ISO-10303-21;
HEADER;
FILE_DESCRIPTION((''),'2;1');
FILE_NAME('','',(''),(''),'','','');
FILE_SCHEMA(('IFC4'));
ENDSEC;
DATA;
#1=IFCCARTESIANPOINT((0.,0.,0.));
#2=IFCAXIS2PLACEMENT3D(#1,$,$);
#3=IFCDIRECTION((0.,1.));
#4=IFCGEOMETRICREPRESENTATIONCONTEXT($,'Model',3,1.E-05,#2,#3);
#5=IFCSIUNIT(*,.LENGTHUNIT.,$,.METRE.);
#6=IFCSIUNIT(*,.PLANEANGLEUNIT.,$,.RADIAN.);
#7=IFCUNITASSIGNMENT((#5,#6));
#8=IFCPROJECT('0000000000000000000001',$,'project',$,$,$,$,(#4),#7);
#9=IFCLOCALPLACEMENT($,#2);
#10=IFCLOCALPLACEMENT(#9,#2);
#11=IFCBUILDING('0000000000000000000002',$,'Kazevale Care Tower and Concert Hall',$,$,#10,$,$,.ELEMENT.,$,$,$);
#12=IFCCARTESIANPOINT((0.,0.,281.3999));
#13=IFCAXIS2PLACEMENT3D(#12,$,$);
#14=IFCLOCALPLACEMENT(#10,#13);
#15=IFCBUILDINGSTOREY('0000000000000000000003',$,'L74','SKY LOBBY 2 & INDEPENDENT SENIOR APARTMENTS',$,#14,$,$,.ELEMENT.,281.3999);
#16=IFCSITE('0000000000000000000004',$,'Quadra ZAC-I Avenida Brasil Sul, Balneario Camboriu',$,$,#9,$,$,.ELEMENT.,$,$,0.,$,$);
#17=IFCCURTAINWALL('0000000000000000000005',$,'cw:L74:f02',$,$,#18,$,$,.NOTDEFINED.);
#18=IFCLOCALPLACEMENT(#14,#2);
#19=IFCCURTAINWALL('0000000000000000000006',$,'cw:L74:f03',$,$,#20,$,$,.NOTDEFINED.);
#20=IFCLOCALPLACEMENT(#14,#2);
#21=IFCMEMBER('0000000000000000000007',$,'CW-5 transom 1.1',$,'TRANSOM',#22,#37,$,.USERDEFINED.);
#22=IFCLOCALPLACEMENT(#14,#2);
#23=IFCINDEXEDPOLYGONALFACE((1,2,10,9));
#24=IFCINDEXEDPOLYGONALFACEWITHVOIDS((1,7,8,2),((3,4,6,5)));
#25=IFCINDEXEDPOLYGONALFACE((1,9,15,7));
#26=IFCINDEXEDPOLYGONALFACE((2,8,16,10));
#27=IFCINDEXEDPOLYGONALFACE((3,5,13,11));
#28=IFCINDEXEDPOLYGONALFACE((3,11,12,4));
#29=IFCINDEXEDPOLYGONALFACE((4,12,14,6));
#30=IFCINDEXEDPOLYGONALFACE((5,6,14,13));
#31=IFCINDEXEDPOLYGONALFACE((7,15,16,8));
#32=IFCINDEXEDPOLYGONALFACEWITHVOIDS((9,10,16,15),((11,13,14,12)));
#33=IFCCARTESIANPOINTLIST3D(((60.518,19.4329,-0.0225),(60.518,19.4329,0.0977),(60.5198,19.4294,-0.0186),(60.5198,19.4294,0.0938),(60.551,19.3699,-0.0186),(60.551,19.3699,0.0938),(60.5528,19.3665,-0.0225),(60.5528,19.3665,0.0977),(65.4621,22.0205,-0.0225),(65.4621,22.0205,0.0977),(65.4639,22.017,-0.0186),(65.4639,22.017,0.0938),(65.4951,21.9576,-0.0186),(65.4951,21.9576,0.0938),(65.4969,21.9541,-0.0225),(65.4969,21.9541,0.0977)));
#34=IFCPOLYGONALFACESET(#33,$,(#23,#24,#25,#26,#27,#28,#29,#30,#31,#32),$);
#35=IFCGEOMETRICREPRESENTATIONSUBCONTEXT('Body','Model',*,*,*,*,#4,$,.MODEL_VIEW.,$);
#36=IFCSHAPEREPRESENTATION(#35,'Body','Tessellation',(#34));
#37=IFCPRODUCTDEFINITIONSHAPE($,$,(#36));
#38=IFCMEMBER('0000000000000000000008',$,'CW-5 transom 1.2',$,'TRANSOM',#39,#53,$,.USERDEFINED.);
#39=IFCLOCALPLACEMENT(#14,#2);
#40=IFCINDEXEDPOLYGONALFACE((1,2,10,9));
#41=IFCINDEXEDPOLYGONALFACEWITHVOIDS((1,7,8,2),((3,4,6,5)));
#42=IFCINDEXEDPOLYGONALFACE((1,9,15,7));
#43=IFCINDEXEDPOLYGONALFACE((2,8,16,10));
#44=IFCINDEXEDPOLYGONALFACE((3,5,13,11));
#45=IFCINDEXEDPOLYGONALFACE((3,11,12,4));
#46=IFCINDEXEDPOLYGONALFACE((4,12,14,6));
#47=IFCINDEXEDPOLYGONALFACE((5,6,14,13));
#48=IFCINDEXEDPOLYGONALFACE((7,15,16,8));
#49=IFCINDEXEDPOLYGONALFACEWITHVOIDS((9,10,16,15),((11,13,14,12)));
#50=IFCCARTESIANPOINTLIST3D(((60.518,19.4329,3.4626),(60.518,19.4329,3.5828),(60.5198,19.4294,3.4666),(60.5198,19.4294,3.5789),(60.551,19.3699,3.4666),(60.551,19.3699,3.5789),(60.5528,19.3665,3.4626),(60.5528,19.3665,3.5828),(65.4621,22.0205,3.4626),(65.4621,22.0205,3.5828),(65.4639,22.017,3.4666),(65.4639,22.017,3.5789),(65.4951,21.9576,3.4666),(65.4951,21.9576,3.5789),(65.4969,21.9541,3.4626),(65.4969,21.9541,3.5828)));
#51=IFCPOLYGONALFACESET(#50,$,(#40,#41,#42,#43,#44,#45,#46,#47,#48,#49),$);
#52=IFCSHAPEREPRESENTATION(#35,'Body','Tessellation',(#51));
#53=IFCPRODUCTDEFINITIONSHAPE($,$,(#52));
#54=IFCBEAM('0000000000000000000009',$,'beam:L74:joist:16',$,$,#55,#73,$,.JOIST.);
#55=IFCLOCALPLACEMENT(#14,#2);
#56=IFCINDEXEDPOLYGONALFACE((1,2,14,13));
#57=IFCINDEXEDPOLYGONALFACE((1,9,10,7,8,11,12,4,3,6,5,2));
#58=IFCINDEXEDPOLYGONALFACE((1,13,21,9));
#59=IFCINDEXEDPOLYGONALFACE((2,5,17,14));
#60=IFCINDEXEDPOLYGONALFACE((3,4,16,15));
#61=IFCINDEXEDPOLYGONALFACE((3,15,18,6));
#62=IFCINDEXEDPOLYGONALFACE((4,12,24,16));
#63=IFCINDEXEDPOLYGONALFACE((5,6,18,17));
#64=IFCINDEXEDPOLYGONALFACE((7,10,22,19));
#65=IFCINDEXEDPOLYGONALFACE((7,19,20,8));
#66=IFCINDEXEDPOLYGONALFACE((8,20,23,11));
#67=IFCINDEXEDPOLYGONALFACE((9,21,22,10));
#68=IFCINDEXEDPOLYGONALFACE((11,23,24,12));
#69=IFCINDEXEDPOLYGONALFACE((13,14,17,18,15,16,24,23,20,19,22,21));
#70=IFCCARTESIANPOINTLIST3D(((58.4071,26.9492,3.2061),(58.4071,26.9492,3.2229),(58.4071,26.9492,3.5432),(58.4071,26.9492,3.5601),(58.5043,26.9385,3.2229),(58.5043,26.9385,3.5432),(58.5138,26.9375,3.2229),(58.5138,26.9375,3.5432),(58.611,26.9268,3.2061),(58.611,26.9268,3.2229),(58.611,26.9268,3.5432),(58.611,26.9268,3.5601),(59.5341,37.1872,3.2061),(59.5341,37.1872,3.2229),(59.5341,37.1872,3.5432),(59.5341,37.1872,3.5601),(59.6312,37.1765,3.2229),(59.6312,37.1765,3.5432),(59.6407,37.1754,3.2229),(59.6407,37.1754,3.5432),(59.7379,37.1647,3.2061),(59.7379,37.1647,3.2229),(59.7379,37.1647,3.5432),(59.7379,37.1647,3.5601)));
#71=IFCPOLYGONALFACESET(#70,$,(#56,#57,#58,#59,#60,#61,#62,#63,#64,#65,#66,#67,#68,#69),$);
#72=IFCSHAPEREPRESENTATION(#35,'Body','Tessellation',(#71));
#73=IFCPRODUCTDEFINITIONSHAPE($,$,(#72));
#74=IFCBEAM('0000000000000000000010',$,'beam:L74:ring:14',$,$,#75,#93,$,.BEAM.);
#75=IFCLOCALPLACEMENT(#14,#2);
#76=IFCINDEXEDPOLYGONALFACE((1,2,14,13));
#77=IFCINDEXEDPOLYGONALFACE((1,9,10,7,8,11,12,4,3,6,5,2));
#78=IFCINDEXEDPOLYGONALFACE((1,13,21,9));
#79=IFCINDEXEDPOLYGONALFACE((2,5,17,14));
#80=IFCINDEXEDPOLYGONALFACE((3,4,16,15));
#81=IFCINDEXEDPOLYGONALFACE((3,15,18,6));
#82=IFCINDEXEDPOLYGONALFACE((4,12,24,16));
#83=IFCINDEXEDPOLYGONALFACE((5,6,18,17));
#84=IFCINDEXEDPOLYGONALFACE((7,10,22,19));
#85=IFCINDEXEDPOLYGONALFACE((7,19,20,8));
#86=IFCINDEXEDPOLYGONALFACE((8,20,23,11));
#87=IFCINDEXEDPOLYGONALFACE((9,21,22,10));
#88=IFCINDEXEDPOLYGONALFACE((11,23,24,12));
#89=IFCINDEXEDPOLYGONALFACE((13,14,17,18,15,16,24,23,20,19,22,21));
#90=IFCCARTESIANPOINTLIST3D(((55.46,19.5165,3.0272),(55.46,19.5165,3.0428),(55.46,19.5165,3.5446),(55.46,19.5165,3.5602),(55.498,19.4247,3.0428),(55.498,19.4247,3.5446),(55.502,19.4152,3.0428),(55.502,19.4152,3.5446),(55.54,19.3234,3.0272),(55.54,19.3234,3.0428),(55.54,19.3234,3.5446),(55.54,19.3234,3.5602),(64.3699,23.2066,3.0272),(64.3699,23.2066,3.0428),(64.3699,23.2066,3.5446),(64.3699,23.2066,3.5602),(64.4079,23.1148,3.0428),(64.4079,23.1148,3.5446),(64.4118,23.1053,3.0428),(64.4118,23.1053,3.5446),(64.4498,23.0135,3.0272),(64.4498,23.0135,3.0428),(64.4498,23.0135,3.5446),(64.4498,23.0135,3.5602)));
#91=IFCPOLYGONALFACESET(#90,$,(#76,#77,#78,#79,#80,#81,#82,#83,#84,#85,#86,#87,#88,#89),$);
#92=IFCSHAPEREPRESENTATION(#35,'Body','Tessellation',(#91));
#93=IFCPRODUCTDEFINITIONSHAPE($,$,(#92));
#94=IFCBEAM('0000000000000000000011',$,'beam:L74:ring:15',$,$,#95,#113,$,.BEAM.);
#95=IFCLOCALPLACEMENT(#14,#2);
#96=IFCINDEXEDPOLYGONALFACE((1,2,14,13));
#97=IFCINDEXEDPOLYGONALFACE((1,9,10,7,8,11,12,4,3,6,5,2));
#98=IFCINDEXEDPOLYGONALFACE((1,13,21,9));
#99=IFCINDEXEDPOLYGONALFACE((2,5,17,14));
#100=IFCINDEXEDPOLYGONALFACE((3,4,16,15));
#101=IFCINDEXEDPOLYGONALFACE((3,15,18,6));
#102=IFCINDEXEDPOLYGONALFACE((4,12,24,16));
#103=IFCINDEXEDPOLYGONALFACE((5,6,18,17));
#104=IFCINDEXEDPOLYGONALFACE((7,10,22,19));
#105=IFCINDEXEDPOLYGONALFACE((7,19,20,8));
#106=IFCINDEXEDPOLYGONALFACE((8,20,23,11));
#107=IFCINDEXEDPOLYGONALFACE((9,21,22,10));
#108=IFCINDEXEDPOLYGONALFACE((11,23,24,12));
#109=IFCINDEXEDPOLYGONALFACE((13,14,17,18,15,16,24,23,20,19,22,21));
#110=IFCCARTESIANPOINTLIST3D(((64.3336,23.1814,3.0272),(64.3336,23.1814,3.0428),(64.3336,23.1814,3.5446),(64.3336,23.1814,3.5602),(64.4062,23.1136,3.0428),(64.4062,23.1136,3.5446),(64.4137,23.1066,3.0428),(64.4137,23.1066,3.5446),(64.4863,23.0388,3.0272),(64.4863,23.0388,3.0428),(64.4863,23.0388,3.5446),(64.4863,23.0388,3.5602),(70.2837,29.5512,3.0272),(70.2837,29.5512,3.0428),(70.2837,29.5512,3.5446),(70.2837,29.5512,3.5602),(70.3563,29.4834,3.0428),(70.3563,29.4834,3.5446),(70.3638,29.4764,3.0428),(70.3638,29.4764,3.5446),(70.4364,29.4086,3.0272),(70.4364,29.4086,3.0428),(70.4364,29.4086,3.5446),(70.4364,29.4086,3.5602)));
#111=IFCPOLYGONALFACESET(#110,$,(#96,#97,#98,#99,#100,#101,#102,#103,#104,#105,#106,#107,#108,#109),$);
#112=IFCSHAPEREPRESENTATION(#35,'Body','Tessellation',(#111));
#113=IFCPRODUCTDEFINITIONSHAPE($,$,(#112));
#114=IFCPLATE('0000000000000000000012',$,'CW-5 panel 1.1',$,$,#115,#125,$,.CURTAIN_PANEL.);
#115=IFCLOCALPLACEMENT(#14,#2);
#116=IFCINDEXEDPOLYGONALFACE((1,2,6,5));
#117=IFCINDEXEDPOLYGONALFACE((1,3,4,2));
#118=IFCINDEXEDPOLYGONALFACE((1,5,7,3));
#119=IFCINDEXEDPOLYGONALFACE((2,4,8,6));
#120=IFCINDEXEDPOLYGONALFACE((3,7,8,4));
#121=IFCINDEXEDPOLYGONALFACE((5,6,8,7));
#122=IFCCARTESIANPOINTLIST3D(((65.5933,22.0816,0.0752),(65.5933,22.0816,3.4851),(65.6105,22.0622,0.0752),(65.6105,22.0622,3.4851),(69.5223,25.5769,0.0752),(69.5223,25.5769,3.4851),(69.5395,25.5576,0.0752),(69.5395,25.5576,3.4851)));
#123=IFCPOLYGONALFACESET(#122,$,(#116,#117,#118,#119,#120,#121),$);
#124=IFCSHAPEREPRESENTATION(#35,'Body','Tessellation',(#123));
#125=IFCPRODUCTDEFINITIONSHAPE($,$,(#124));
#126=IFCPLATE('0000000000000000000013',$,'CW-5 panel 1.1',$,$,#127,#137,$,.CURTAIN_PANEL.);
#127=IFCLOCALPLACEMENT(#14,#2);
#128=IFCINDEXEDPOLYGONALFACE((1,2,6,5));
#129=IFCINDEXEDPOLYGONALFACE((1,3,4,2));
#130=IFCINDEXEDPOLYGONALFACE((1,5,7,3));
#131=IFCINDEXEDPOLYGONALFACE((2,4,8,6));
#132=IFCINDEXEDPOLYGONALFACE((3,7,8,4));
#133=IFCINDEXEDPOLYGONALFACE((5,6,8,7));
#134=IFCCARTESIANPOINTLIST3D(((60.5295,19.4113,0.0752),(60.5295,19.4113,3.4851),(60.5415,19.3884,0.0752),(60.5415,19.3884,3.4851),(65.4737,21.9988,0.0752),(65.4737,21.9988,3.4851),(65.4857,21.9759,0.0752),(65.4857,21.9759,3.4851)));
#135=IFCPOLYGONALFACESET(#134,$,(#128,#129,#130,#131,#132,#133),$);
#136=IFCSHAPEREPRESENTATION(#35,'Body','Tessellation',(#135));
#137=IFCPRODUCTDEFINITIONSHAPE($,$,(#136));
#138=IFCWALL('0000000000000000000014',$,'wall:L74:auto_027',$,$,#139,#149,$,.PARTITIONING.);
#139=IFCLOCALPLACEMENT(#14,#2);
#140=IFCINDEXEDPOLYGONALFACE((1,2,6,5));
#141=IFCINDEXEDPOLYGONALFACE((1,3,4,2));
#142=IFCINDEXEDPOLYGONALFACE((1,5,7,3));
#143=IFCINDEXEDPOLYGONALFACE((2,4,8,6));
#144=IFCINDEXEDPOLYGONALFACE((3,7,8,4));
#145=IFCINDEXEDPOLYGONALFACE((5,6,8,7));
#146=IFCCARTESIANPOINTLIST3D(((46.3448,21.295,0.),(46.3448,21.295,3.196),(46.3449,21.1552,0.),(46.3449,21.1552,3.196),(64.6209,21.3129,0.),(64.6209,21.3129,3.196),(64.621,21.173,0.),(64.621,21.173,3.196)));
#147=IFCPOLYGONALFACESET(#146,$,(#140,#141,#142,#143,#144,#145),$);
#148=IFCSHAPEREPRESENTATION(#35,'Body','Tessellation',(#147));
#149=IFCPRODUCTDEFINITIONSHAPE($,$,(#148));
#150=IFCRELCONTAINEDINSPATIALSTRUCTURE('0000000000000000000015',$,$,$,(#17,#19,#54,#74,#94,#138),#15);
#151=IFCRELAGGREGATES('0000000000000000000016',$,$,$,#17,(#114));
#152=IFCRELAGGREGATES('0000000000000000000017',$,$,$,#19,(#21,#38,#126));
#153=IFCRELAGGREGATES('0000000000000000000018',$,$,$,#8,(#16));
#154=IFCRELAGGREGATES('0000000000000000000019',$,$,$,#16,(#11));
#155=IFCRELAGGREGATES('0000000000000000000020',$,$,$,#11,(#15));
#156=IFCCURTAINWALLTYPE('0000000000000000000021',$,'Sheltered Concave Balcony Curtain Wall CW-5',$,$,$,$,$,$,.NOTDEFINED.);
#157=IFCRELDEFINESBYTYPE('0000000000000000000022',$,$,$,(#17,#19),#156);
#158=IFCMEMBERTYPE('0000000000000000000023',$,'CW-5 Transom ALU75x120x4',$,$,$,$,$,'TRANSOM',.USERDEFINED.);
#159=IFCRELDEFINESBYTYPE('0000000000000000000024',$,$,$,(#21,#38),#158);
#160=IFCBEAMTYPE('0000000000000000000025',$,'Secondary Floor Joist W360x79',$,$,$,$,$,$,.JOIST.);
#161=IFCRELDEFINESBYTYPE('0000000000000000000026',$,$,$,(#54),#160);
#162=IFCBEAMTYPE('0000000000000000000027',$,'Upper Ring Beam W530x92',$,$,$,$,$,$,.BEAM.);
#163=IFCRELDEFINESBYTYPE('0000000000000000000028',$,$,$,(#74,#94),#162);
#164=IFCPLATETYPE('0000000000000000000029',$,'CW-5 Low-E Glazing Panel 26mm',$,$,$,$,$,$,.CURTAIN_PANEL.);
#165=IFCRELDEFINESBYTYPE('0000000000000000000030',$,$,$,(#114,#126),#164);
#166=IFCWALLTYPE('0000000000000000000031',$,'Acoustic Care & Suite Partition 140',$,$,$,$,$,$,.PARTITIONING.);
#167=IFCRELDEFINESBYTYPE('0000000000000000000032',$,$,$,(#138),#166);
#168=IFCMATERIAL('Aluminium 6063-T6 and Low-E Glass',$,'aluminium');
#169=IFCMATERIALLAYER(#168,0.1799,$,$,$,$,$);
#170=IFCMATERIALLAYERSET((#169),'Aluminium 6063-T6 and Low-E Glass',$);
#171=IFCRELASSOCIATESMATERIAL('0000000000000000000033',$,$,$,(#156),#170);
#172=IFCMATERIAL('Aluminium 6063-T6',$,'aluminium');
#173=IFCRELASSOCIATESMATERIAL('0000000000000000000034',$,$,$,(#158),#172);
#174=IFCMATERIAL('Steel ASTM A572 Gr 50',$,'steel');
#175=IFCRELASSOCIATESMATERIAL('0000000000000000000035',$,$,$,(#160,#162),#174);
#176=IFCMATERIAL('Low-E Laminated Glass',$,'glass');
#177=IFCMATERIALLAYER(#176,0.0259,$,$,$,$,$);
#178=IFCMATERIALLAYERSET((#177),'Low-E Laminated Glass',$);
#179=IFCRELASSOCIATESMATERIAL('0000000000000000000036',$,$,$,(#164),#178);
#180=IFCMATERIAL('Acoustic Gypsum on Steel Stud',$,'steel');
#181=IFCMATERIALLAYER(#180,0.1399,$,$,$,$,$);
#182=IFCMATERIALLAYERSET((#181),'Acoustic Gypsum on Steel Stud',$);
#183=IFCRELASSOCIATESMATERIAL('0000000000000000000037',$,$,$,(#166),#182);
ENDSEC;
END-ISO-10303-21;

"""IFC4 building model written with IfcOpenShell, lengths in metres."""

from ifc_helpers import new_model, si_unit, direction, frame, frame_2d, origin, origin_2d, place, context, subcontext, project, spatial, rectangle, hollow_rectangle, i_section, extrude, material, layer, layer_set, material_profile, profile_set, type_object, element, aggregate, save


model = new_model("IFC4")

# Units and contexts
model_context = context("Model", 3, precision=1e-05, world=origin(), true_north=direction((0.0, 1.0)))
body_context = subcontext(model_context, "Body", "Model", "MODEL_VIEW")
ifc_project = project(units=[si_unit("LENGTHUNIT", "METRE"), si_unit("PLANEANGLEUNIT", "RADIAN")], contexts=[model_context])

# Site, building, storey
site_placement = place(None, origin())
site = spatial("IfcSite", under=ifc_project, at=site_placement, Name="Quadra ZAC-I Avenida Brasil Sul, Balneario Camboriu", CompositionType="ELEMENT", RefElevation=0.0)
building_placement = place(site_placement, origin())
building = spatial("IfcBuilding", under=site, at=building_placement, Name="Kazevale Care Tower and Concert Hall", CompositionType="ELEMENT")
storey_placement = place(building_placement, frame((0.0, 0.0, 281.3999)))
storey = spatial("IfcBuildingStorey", under=building, at=storey_placement, Name="L74", Description="SKY LOBBY 2 & INDEPENDENT SENIOR APARTMENTS", CompositionType="ELEMENT", Elevation=281.3999)

# Curtain walls
ifc_material_1 = material(Name="Aluminium 6063-T6 and Low-E Glass", Category="aluminium")
ifc_layer_1 = layer(ifc_material_1, 0.1799)
ifc_layer_set_1 = layer_set([ifc_layer_1], Name="Aluminium 6063-T6 and Low-E Glass")
curtain_wall_type = type_object("IfcCurtainWallType", Name="Sheltered Concave Balcony Curtain Wall CW-5", PredefinedType="NOTDEFINED", material=ifc_layer_set_1)
curtain_wall_1_placement = place(storey_placement, origin())
curtain_wall_1 = element("IfcCurtainWall", 1, at=curtain_wall_1_placement, inside=storey, type_object=curtain_wall_type, Name="cw:L74:f02", PredefinedType="NOTDEFINED")
ifc_material_2 = material(Name="Aluminium 6063-T6", Category="aluminium")
curtain_wall_2_placement = place(storey_placement, origin())
curtain_wall_2 = element("IfcCurtainWall", 2, at=curtain_wall_2_placement, inside=storey, type_object=curtain_wall_type, Name="cw:L74:f03", PredefinedType="NOTDEFINED")

# Members
ifc_material_profile_1 = material_profile(ifc_material_2, hollow_rectangle(XDim=0.075, YDim=0.1201, WallThickness=0.0039, at=origin_2d()), Name="ALU75x120x4")
ifc_profile_set_1 = profile_set([ifc_material_profile_1], Name="Aluminium 6063-T6")
member_type_1 = type_object("IfcMemberType", Name="CW-5 Transom ALU75x120x4", ElementType="TRANSOM", PredefinedType="USERDEFINED", material=ifc_profile_set_1)
member_1_placement = place(storey_placement, frame((65.4795, 21.9873, 0.0376), z_axis=(-0.885987, -0.463709, 0.0), x_axis=(0.463709, -0.885987, 0.0)))
member_1 = element("IfcMember", 3, at=member_1_placement, type_object=member_type_1, Name="CW-5 transom 1.1", ObjectType="TRANSOM", PredefinedType="USERDEFINED", context=body_context, shape_type="SweptSolid", body=[
    extrude(hollow_rectangle(XDim=0.075, YDim=0.1201, WallThickness=0.0039, at=origin_2d()), origin(), (0.0, 0.0, 1.0), 5.5803),
])
member_2_placement = place(storey_placement, frame((65.4795, 21.9873, 3.5227), z_axis=(-0.885987, -0.463709, 0.0), x_axis=(0.463709, -0.885987, 0.0)))
member_2 = element("IfcMember", 4, at=member_2_placement, type_object=member_type_1, Name="CW-5 transom 1.2", ObjectType="TRANSOM", PredefinedType="USERDEFINED", context=body_context, shape_type="SweptSolid", body=[
    extrude(hollow_rectangle(XDim=0.075, YDim=0.1201, WallThickness=0.0039, at=origin_2d()), origin(), (0.0, 0.0, 1.0), 5.5803),
])

# Beams
ifc_material_3 = material(Name="Steel ASTM A572 Gr 50", Category="steel")
ifc_material_profile_2 = material_profile(ifc_material_3, i_section(OverallWidth=0.2051, OverallDepth=0.354, WebThickness=0.0095, FlangeThickness=0.0168, at=origin_2d()), Name="W360x79")
ifc_profile_set_2 = profile_set([ifc_material_profile_2], Name="Steel ASTM A572 Gr 50")
beam_type_1 = type_object("IfcBeamType", Name="Secondary Floor Joist W360x79", PredefinedType="JOIST", material=ifc_profile_set_2)
beam_1_placement = place(storey_placement, frame((58.509, 26.938, 3.3831), z_axis=(0.109414, 0.993996, 0.0), x_axis=(-0.993996, 0.109414, 0.0)))
element("IfcBeam", 5, at=beam_1_placement, inside=storey, type_object=beam_type_1, Name="beam:L74:joist:16", PredefinedType="JOIST", context=body_context, shape_type="SweptSolid", body=[
    extrude(i_section(OverallWidth=0.2051, OverallDepth=0.354, WebThickness=0.0095, FlangeThickness=0.0168, at=origin_2d()), origin(), (0.0, 0.0, 1.0), 10.2998),
])
ifc_material_profile_3 = material_profile(ifc_material_3, i_section(OverallWidth=0.209, OverallDepth=0.533, WebThickness=0.0103, FlangeThickness=0.0156, at=origin_2d()), Name="W530x92")
ifc_profile_set_3 = profile_set([ifc_material_profile_3], Name="Steel ASTM A572 Gr 50")
beam_type_2 = type_object("IfcBeamType", Name="Upper Ring Beam W530x92", PredefinedType="BEAM", material=ifc_profile_set_3)
beam_2_placement = place(storey_placement, frame((55.5, 19.4199, 3.2937), z_axis=(0.923895, 0.382646, 0.0), x_axis=(-0.382646, 0.923895, 0.0)))
element("IfcBeam", 6, at=beam_2_placement, inside=storey, type_object=beam_type_2, Name="beam:L74:ring:14", PredefinedType="BEAM", context=body_context, shape_type="SweptSolid", body=[
    extrude(i_section(OverallWidth=0.209, OverallDepth=0.533, WebThickness=0.0103, FlangeThickness=0.0156, at=origin_2d()), origin(), (0.0, 0.0, 1.0), 9.6438),
])
beam_3_placement = place(storey_placement, frame((64.4099, 23.1101, 3.2937), z_axis=(0.682624, 0.73077, 0.0), x_axis=(-0.73077, 0.682624, 0.0)))
element("IfcBeam", 7, at=beam_3_placement, inside=storey, type_object=beam_type_2, Name="beam:L74:ring:15", PredefinedType="BEAM", context=body_context, shape_type="SweptSolid", body=[
    extrude(i_section(OverallWidth=0.209, OverallDepth=0.533, WebThickness=0.0103, FlangeThickness=0.0156, at=origin_2d()), origin(), (0.0, 0.0, 1.0), 8.7166),
])

# Plates
ifc_material_4 = material(Name="Low-E Laminated Glass", Category="glass")
ifc_layer_2 = layer(ifc_material_4, 0.0259)
ifc_layer_set_2 = layer_set([ifc_layer_2], Name="Low-E Laminated Glass")
plate_type = type_object("IfcPlateType", Name="CW-5 Low-E Glazing Panel 26mm", PredefinedType="CURTAIN_PANEL", material=ifc_layer_set_2)
plate_1_placement = place(storey_placement, frame((67.5664, 23.8196, 0.0752), z_axis=(0.0, 0.0, 1.0), x_axis=(-0.747134, -0.664674, 0.0)))
plate_1 = element("IfcPlate", 8, at=plate_1_placement, type_object=plate_type, Name="CW-5 panel 1.1", PredefinedType="CURTAIN_PANEL", context=body_context, shape_type="SweptSolid", body=[
    extrude(rectangle(XDim=5.2588, YDim=0.0259, at=origin_2d()), origin(), (0.0, 0.0, 1.0), 3.4099),
])
aggregate(curtain_wall_1, [plate_1])
plate_2_placement = place(storey_placement, frame((63.0076, 20.6936, 0.0752), z_axis=(0.0, 0.0, 1.0), x_axis=(-0.886002, -0.463681, 0.0)))
plate_2 = element("IfcPlate", 9, at=plate_2_placement, type_object=plate_type, Name="CW-5 panel 1.1", PredefinedType="CURTAIN_PANEL", context=body_context, shape_type="SweptSolid", body=[
    extrude(rectangle(XDim=5.5803, YDim=0.0259, at=origin_2d()), origin(), (0.0, 0.0, 1.0), 3.4099),
])
aggregate(curtain_wall_2, [member_1, member_2, plate_2])

# Wall
ifc_material_5 = material(Name="Acoustic Gypsum on Steel Stud", Category="steel")
ifc_layer_3 = layer(ifc_material_5, 0.1399)
ifc_layer_set_3 = layer_set([ifc_layer_3], Name="Acoustic Gypsum on Steel Stud")
wall_type_1 = type_object("IfcWallType", Name="Acoustic Care & Suite Partition 140", PredefinedType="PARTITIONING", material=ifc_layer_set_3)
wall_1_placement = place(storey_placement, frame((64.6211, 21.2429, 0.0), z_axis=(0.0, 0.0, 1.0), x_axis=(-1.0, -0.000975, 0.0)))
element("IfcWall", 10, at=wall_1_placement, inside=storey, type_object=wall_type_1, Name="wall:L74:auto_027", PredefinedType="PARTITIONING", context=body_context, shape_type="SweptSolid", body=[
    extrude(rectangle(XDim=18.2761, YDim=0.1399, at=frame_2d((9.1382, 0.0))), origin(), (0.0, 0.0, 1.0), 3.196),
])

save(model, "model.ifc")
